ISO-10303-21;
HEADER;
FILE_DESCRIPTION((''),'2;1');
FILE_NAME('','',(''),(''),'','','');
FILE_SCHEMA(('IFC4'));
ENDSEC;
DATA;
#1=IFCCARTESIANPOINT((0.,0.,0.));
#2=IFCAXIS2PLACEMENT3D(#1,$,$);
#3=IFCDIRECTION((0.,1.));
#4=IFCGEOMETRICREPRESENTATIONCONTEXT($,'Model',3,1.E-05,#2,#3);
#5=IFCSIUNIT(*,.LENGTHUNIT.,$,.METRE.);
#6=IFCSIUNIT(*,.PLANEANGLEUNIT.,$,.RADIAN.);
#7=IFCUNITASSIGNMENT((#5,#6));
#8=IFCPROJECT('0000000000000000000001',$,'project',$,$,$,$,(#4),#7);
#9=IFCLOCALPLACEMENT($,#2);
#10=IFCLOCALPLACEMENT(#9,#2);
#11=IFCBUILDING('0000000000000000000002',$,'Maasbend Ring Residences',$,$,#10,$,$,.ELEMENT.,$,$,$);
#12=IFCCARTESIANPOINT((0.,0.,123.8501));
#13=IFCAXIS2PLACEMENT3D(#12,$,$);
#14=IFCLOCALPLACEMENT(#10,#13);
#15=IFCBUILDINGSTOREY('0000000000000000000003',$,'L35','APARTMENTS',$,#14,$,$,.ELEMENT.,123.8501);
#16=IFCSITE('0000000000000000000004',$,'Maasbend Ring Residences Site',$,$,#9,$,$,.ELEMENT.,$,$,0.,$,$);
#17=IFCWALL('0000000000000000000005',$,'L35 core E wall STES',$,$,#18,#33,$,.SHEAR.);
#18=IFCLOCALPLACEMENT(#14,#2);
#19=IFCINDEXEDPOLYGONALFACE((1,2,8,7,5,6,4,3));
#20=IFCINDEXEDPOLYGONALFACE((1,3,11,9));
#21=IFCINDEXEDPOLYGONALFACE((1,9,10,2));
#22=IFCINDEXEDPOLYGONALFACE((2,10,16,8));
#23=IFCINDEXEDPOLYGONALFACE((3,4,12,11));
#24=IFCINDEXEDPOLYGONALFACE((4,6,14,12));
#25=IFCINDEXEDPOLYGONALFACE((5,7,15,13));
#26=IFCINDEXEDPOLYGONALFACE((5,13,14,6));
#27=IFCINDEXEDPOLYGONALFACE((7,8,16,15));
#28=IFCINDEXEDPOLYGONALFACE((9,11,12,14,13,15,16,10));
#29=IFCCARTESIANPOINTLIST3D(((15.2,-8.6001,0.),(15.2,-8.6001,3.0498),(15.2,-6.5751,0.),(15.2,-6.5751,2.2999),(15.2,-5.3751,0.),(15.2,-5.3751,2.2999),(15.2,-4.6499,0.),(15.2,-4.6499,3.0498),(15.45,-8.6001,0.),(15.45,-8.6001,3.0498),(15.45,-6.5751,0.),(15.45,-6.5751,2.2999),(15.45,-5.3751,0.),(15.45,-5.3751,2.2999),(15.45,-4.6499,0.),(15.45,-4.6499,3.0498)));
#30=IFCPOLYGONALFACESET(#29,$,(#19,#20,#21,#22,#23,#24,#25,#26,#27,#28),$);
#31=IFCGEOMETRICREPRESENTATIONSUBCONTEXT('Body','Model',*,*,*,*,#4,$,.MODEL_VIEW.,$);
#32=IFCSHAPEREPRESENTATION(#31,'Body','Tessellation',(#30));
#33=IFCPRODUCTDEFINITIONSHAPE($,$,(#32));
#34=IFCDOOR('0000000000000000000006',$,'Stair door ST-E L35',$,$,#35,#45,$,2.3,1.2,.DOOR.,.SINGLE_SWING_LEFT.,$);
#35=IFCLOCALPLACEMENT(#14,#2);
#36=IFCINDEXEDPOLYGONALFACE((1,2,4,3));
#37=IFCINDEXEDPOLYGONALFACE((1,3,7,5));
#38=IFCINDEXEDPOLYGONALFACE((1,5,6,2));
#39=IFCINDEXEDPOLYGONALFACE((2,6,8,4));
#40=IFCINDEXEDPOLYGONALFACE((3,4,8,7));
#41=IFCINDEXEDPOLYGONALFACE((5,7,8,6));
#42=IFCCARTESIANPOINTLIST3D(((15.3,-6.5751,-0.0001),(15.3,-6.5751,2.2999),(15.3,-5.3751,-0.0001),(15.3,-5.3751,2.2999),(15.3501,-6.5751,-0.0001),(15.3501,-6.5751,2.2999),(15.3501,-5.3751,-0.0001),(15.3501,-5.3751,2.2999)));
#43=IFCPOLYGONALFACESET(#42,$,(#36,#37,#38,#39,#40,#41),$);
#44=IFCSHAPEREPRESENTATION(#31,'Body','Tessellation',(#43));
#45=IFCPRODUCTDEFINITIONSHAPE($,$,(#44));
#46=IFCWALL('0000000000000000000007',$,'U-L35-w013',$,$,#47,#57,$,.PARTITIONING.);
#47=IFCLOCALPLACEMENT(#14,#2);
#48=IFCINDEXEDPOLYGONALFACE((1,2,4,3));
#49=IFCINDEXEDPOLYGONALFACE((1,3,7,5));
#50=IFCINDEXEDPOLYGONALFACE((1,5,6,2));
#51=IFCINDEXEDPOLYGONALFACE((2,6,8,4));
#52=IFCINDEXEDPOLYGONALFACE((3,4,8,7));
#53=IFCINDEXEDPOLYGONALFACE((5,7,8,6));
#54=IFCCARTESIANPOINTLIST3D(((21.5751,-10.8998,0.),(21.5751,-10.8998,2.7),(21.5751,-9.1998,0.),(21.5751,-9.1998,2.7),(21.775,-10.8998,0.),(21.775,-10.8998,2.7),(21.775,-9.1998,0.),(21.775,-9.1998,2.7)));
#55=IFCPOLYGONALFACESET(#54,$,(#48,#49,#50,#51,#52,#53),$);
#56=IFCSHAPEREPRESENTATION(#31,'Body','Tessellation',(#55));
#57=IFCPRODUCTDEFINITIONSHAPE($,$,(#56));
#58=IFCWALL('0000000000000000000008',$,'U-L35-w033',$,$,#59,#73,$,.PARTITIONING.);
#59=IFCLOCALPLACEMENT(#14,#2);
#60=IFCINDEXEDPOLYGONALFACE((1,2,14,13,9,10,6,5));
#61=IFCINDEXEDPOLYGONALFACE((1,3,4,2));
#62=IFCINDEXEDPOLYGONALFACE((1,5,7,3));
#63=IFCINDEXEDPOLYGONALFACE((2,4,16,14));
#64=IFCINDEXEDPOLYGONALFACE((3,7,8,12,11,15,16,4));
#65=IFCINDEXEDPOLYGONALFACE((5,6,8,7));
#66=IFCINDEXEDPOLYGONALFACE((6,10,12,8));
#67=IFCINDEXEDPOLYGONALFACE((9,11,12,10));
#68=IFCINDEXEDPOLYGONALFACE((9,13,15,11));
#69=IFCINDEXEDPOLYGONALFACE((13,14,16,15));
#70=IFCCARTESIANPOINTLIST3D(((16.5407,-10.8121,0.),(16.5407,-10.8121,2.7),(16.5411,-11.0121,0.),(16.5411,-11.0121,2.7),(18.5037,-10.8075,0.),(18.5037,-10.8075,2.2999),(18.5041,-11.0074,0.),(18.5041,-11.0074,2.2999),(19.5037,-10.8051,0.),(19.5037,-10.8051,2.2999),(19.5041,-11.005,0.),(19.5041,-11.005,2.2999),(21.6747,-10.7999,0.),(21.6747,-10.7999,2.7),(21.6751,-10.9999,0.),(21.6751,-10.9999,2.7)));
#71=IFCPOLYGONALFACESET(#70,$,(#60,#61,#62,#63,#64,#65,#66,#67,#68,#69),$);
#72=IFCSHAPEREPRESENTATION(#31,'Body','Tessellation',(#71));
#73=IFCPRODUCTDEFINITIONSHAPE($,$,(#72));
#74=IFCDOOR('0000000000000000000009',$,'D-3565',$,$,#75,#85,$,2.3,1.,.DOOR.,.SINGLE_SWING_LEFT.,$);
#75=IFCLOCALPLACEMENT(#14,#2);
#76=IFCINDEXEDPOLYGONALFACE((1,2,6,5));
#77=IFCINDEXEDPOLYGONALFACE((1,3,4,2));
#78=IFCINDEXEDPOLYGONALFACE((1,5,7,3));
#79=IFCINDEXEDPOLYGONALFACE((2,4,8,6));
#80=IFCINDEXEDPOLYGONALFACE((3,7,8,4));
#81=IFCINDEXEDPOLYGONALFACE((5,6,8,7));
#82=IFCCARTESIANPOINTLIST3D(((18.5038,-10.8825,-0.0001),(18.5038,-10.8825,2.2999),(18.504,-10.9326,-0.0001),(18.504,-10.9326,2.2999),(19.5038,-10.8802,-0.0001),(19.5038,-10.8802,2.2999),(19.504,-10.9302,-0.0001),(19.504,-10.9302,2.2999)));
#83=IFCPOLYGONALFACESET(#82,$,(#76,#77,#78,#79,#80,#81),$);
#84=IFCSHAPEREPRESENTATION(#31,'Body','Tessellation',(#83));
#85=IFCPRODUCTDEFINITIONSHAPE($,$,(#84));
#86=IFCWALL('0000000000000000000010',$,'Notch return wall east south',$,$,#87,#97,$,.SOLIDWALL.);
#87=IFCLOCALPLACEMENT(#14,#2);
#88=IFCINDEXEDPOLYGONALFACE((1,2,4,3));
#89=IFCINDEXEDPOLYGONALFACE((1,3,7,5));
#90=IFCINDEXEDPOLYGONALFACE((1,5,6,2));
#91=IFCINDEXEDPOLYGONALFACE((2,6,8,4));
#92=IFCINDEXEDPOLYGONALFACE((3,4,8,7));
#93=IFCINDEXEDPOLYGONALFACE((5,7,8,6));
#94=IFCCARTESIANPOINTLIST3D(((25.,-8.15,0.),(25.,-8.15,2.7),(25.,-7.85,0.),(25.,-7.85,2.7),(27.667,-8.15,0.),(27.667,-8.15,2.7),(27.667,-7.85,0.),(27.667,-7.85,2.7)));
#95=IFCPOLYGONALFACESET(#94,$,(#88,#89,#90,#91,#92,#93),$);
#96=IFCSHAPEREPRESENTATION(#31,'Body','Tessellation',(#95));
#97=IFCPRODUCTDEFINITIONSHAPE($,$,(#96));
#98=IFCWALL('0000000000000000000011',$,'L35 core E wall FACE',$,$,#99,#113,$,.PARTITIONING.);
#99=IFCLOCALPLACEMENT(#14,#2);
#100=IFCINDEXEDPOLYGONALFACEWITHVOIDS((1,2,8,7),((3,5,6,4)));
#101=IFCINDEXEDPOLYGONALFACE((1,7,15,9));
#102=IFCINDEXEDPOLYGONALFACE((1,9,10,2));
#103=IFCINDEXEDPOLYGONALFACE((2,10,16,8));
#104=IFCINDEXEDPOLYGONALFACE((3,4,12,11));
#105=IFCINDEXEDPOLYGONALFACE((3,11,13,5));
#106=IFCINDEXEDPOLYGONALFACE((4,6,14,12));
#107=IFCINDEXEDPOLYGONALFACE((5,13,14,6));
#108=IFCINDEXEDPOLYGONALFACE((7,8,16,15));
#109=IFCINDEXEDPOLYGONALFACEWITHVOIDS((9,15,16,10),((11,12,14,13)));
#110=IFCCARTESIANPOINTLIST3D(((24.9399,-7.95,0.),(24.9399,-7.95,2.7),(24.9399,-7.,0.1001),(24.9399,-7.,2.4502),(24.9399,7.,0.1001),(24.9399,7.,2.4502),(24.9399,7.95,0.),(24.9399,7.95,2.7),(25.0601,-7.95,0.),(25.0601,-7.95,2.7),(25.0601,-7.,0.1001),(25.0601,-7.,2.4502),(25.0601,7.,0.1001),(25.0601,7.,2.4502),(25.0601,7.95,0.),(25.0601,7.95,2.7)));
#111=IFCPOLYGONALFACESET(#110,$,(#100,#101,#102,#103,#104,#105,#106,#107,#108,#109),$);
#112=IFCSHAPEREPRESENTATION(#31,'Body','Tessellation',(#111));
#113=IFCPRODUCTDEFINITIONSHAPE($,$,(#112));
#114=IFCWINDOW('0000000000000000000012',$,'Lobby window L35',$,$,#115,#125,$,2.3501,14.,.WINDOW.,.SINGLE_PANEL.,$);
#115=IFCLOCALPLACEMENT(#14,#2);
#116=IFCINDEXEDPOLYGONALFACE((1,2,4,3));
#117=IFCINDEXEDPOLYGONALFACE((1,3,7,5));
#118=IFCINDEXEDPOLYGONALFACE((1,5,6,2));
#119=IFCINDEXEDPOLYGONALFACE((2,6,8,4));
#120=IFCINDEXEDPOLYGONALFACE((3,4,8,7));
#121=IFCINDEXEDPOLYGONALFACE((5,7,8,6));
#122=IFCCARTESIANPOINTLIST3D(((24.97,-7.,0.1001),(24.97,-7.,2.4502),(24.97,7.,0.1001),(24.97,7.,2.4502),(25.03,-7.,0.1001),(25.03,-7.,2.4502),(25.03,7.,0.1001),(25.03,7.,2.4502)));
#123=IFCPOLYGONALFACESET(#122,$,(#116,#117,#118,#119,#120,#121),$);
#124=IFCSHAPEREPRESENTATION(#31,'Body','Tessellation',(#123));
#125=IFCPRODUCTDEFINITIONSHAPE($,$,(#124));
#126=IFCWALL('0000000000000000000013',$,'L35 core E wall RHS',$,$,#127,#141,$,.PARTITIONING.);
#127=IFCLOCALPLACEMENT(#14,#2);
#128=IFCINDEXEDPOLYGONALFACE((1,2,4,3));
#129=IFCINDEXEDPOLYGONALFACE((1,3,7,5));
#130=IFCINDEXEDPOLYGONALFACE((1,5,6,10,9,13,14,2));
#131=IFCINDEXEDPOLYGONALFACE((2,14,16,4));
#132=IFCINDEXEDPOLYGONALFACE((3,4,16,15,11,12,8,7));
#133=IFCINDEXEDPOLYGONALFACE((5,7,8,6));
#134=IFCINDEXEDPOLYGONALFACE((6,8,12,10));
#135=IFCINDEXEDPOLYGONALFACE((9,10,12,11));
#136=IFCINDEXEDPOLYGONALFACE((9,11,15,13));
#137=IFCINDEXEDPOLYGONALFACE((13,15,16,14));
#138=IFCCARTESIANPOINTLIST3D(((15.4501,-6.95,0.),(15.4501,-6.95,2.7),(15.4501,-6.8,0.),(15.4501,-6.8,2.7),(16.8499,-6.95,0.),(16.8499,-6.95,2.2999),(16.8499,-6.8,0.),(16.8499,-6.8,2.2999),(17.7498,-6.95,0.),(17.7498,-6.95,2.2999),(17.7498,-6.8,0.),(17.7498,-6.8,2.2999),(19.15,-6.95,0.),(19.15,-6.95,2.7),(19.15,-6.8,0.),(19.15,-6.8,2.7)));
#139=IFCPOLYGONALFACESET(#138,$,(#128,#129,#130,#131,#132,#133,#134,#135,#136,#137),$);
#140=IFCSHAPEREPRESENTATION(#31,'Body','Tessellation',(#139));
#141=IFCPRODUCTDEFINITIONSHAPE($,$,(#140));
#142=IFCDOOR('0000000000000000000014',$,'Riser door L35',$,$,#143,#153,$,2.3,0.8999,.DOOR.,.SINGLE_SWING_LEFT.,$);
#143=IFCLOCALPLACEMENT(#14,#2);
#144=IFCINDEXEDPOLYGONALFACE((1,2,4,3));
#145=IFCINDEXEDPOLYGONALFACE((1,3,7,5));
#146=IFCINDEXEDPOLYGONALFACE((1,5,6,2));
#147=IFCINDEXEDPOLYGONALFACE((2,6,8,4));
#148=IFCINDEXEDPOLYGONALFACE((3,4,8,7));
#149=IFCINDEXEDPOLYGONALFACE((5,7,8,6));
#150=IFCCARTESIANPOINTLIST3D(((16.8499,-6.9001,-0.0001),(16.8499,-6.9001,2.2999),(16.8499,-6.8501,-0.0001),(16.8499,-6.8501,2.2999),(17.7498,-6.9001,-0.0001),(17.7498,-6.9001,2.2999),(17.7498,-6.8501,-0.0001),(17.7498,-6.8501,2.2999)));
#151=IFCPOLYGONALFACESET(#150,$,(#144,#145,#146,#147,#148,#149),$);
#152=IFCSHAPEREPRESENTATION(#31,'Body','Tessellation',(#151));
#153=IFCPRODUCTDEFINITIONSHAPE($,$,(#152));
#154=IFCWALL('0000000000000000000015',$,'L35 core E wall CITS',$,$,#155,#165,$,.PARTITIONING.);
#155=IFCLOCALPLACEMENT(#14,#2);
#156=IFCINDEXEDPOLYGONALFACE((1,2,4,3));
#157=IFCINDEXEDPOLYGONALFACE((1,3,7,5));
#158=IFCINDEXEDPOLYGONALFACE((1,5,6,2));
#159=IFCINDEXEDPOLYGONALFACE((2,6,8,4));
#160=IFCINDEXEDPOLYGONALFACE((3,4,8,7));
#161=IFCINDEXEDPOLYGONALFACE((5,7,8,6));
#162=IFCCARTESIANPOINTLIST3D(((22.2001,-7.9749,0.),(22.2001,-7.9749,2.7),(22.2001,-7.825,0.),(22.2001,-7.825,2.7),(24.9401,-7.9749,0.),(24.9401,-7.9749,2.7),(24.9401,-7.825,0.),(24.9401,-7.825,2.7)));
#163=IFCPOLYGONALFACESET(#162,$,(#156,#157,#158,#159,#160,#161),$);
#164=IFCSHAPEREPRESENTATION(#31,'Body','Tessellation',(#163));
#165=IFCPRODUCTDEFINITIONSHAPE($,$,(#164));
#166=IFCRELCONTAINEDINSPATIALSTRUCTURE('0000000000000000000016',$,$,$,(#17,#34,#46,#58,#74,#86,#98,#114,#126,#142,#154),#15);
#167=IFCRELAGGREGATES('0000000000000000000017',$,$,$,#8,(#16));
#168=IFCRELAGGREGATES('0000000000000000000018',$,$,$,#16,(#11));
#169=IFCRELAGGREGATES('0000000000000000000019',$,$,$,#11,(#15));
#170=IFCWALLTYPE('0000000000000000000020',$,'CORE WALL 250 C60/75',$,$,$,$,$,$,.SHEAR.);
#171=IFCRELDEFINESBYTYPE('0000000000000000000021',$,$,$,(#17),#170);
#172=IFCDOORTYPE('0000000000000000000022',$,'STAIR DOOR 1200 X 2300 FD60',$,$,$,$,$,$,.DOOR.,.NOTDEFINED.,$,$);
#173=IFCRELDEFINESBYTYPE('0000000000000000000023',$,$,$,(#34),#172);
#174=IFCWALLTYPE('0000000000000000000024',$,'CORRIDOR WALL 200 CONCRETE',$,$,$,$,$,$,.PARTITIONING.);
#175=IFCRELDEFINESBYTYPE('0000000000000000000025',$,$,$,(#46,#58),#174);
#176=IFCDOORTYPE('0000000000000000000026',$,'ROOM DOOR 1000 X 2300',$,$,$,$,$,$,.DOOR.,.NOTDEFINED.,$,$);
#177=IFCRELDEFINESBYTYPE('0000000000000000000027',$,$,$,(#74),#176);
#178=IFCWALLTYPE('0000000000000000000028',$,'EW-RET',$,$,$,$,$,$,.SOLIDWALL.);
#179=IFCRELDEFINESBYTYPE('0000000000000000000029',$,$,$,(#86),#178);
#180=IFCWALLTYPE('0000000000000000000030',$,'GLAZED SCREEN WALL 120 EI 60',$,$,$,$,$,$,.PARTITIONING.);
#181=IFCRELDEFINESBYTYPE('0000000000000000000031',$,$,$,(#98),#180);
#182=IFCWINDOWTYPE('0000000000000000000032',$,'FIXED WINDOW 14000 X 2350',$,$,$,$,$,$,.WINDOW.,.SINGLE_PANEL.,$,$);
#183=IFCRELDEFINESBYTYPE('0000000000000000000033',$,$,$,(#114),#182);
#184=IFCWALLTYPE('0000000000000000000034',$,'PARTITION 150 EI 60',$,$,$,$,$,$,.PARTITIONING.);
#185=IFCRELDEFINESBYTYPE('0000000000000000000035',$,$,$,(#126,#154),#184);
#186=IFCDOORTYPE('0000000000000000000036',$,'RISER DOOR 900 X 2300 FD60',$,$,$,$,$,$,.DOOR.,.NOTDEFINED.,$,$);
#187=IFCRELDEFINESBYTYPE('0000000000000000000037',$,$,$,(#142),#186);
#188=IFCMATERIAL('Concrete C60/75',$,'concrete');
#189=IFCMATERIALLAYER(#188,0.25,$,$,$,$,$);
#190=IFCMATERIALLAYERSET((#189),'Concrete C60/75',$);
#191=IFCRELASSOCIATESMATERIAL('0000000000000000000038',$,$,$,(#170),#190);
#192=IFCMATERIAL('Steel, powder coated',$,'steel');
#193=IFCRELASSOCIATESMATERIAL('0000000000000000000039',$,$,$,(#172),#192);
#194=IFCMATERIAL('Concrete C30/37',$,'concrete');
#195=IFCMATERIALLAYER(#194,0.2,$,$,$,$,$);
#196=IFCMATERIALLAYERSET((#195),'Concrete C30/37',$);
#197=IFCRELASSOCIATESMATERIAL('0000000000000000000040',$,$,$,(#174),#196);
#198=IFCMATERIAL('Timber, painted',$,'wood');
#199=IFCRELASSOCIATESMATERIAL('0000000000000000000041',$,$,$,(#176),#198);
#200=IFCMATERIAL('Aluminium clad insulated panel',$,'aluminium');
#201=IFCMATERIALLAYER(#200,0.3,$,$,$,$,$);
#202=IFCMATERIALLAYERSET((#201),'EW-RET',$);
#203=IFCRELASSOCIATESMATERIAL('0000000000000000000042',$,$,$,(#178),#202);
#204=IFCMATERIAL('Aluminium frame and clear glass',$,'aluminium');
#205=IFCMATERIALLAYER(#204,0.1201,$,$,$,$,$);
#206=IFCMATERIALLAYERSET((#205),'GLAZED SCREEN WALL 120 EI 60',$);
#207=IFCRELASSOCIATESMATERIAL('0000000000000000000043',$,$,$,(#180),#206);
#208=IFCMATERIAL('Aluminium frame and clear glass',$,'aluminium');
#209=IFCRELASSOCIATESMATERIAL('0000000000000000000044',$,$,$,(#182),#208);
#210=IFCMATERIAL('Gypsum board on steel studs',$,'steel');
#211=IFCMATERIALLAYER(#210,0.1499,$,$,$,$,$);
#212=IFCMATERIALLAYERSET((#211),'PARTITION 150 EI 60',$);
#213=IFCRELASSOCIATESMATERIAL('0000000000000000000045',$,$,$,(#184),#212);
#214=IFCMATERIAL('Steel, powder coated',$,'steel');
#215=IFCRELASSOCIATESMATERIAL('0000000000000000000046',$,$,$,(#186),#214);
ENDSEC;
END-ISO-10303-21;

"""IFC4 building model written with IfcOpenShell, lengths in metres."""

from ifc_helpers import new_model, si_unit, direction, frame, frame_2d, origin, place, context, subcontext, project, spatial, rectangle, extrude, material, layer, layer_set, type_object, element, fill, save


model = new_model("IFC4")

# Units and contexts
model_context = context("Model", 3, precision=1e-05, world=origin(), true_north=direction((0.0, 1.0)))
body_context = subcontext(model_context, "Body", "Model", "MODEL_VIEW")
ifc_project = project(units=[si_unit("LENGTHUNIT", "METRE"), si_unit("PLANEANGLEUNIT", "RADIAN")], contexts=[model_context])

# Site, building, storey
site_placement = place(None, origin())
site = spatial("IfcSite", under=ifc_project, at=site_placement, Name="Maasbend Ring Residences Site", CompositionType="ELEMENT", RefElevation=0.0)
building_placement = place(site_placement, origin())
building = spatial("IfcBuilding", under=site, at=building_placement, Name="Maasbend Ring Residences", CompositionType="ELEMENT")
storey_placement = place(building_placement, frame((0.0, 0.0, 123.8501)))
storey = spatial("IfcBuildingStorey", under=building, at=storey_placement, Name="L35", Description="APARTMENTS", CompositionType="ELEMENT", Elevation=123.8501)

# Shared definitions
ifc_material_1 = material(Name="Concrete C60/75", Category="concrete")
ifc_layer_1 = layer(ifc_material_1, 0.25)
ifc_layer_set_1 = layer_set([ifc_layer_1], Name="Concrete C60/75")
wall_type_1 = type_object("IfcWallType", Name="CORE WALL 250 C60/75", PredefinedType="SHEAR", material=ifc_layer_set_1)

# Wall, opening, door
wall_1_placement = place(storey_placement, frame((15.325, -8.6001, 0.0), z_axis=(0.0, 0.0, 1.0), x_axis=(0.0, 1.0, 0.0)))
wall_1 = element("IfcWall", 1, at=wall_1_placement, inside=storey, type_object=wall_type_1, Name="L35 core E wall STES", PredefinedType="SHEAR", context=body_context, shape_type="SweptSolid", body=[
    extrude(rectangle(XDim=3.9502, YDim=0.25, at=frame_2d((1.9751, 0.0))), origin(), (0.0, 0.0, 1.0), 3.0498),
])
opening_1_placement = place(wall_1_placement, frame((2.0249, 0.0, 0.0)))
opening_1 = element("IfcOpeningElement", 2, at=opening_1_placement, cuts=wall_1, PredefinedType="OPENING", context=body_context, shape_type="SweptSolid", body=[
    extrude(rectangle(XDim=1.2, YDim=2.3, at=frame_2d((0.6001, 1.1499))), frame((0.0, 0.135, 0.0), z_axis=(0.0, -1.0, 0.0), x_axis=(1.0, 0.0, 0.0)), (0.0, 0.0, 1.0), 0.27),
])
ifc_material_2 = material(Name="Steel, powder coated", Category="steel")
door_type_1 = type_object("IfcDoorType", Name="STAIR DOOR 1200 X 2300 FD60", OperationType="NOTDEFINED", PredefinedType="DOOR", material=ifc_material_2)
door_1_placement = place(opening_1_placement, origin())
door_1 = element("IfcDoor", 3, at=door_1_placement, inside=storey, type_object=door_type_1, Name="Stair door ST-E L35", OperationType="SINGLE_SWING_LEFT", OverallHeight=2.3, OverallWidth=1.2, PredefinedType="DOOR", context=body_context, shape_type="SweptSolid", body=[
    extrude(rectangle(XDim=1.2, YDim=2.3, at=frame_2d((0.6001, 1.1499))), frame((0.0, 0.0249, 0.0), z_axis=(0.0, -1.0, 0.0), x_axis=(1.0, 0.0, 0.0)), (0.0, 0.0, 1.0), 0.05),
])
fill(opening_1, door_1)

# Wall
ifc_material_3 = material(Name="Concrete C30/37", Category="concrete")
ifc_layer_2 = layer(ifc_material_3, 0.2)
ifc_layer_set_2 = layer_set([ifc_layer_2], Name="Concrete C30/37")
wall_type_2 = type_object("IfcWallType", Name="CORRIDOR WALL 200 CONCRETE", PredefinedType="PARTITIONING", material=ifc_layer_set_2)
wall_2_placement = place(storey_placement, frame((21.675, -10.8999, 0.0), z_axis=(0.0, 0.0, 1.0), x_axis=(0.0, 1.0, 0.0)))
element("IfcWall", 4, at=wall_2_placement, inside=storey, type_object=wall_type_2, Name="U-L35-w013", PredefinedType="PARTITIONING", context=body_context, shape_type="SweptSolid", body=[
    extrude(rectangle(XDim=1.7, YDim=0.2, at=frame_2d((0.8501, 0.0))), origin(), (0.0, 0.0, 1.0), 2.7),
])

# Wall, opening, door
wall_3_placement = place(storey_placement, frame((16.541, -10.9121, 0.0), z_axis=(0.0, 0.0, 1.0), x_axis=(0.999997, 0.002378, 0.0)))
wall_3 = element("IfcWall", 5, at=wall_3_placement, inside=storey, type_object=wall_type_2, Name="U-L35-w033", PredefinedType="PARTITIONING", context=body_context, shape_type="SweptSolid", body=[
    extrude(rectangle(XDim=5.134, YDim=0.2, at=frame_2d((2.5669, 0.0))), origin(), (0.0, 0.0, 1.0), 2.7),
])
opening_2_placement = place(wall_3_placement, frame((1.9629, 0.0, 0.0)))
opening_2 = element("IfcOpeningElement", 6, at=opening_2_placement, cuts=wall_3, PredefinedType="OPENING", context=body_context, shape_type="SweptSolid", body=[
    extrude(rectangle(XDim=1.0, YDim=2.3, at=frame_2d((0.5, 1.1499))), frame((0.0, 0.1099, 0.0), z_axis=(0.0, -1.0, 0.0), x_axis=(1.0, 0.0, 0.0)), (0.0, 0.0, 1.0), 0.22),
])
ifc_material_4 = material(Name="Timber, painted", Category="wood")
door_type_2 = type_object("IfcDoorType", Name="ROOM DOOR 1000 X 2300", OperationType="NOTDEFINED", PredefinedType="DOOR", material=ifc_material_4)
door_2_placement = place(opening_2_placement, origin())
door_2 = element("IfcDoor", 7, at=door_2_placement, inside=storey, type_object=door_type_2, Name="D-3565", OperationType="SINGLE_SWING_LEFT", OverallHeight=2.3, OverallWidth=1.0, PredefinedType="DOOR", context=body_context, shape_type="SweptSolid", body=[
    extrude(rectangle(XDim=1.0, YDim=2.3, at=frame_2d((0.5, 1.1499))), frame((0.0, 0.0249, 0.0), z_axis=(0.0, -1.0, 0.0), x_axis=(1.0, 0.0, 0.0)), (0.0, 0.0, 1.0), 0.05),
])
fill(opening_2, door_2)

# Wall
ifc_material_5 = material(Name="Aluminium clad insulated panel", Category="aluminium")
ifc_layer_3 = layer(ifc_material_5, 0.3)
ifc_layer_set_3 = layer_set([ifc_layer_3], Name="EW-RET")
wall_type_3 = type_object("IfcWallType", Name="EW-RET", PredefinedType="SOLIDWALL", material=ifc_layer_set_3)
wall_4_placement = place(storey_placement, frame((25.0, -8.0, 0.0), z_axis=(0.0, 0.0, 1.0), x_axis=(1.0, 0.0, 0.0)))
element("IfcWall", 8, at=wall_4_placement, inside=storey, type_object=wall_type_3, Name="Notch return wall east south", PredefinedType="SOLIDWALL", context=body_context, shape_type="SweptSolid", body=[
    extrude(rectangle(XDim=2.667, YDim=0.3, at=frame_2d((1.3335, 0.0))), origin(), (0.0, 0.0, 1.0), 2.7),
])

# Wall, opening, window
ifc_material_6 = material(Name="Aluminium frame and clear glass", Category="aluminium")
ifc_layer_4 = layer(ifc_material_6, 0.1201)
ifc_layer_set_4 = layer_set([ifc_layer_4], Name="GLAZED SCREEN WALL 120 EI 60")
wall_type_4 = type_object("IfcWallType", Name="GLAZED SCREEN WALL 120 EI 60", PredefinedType="PARTITIONING", material=ifc_layer_set_4)
wall_5_placement = place(storey_placement, frame((25.0, -7.95, 0.0), z_axis=(0.0, 0.0, 1.0), x_axis=(0.0, 1.0, 0.0)))
wall_5 = element("IfcWall", 9, at=wall_5_placement, inside=storey, type_object=wall_type_4, Name="L35 core E wall FACE", PredefinedType="PARTITIONING", context=body_context, shape_type="SweptSolid", body=[
    extrude(rectangle(XDim=15.8999, YDim=0.1201, at=frame_2d((7.95, 0.0))), origin(), (0.0, 0.0, 1.0), 2.7),
])
opening_3_placement = place(wall_5_placement, frame((0.95, 0.0, 0.1001)))
opening_3 = element("IfcOpeningElement", 10, at=opening_3_placement, cuts=wall_5, PredefinedType="OPENING", context=body_context, shape_type="SweptSolid", body=[
    extrude(rectangle(XDim=14.0, YDim=2.3501, at=frame_2d((7.0, 1.175))), frame((0.0, 0.0701, 0.0), z_axis=(0.0, -1.0, 0.0), x_axis=(1.0, 0.0, 0.0)), (0.0, 0.0, 1.0), 0.1401),
])
ifc_material_7 = material(Name="Aluminium frame and clear glass", Category="aluminium")
window_type = type_object("IfcWindowType", Name="FIXED WINDOW 14000 X 2350", PartitioningType="SINGLE_PANEL", PredefinedType="WINDOW", material=ifc_material_7)
window_placement = place(opening_3_placement, origin())
window = element("IfcWindow", 11, at=window_placement, inside=storey, type_object=window_type, Name="Lobby window L35", OverallHeight=2.3501, OverallWidth=14.0, PartitioningType="SINGLE_PANEL", PredefinedType="WINDOW", context=body_context, shape_type="SweptSolid", body=[
    extrude(rectangle(XDim=14.0, YDim=2.3501, at=frame_2d((7.0, 1.175))), frame((0.0, 0.03, 0.0), z_axis=(0.0, -1.0, 0.0), x_axis=(1.0, 0.0, 0.0)), (0.0, 0.0, 1.0), 0.0601),
])
fill(opening_3, window)

# Wall, opening, door
ifc_material_8 = material(Name="Gypsum board on steel studs", Category="steel")
ifc_layer_5 = layer(ifc_material_8, 0.1499)
ifc_layer_set_5 = layer_set([ifc_layer_5], Name="PARTITION 150 EI 60")
wall_type_5 = type_object("IfcWallType", Name="PARTITION 150 EI 60", PredefinedType="PARTITIONING", material=ifc_layer_set_5)
wall_6_placement = place(storey_placement, frame((15.45, -6.875, 0.0), z_axis=(0.0, 0.0, 1.0), x_axis=(1.0, 0.0, 0.0)))
wall_6 = element("IfcWall", 12, at=wall_6_placement, inside=storey, type_object=wall_type_5, Name="L35 core E wall RHS", PredefinedType="PARTITIONING", context=body_context, shape_type="SweptSolid", body=[
    extrude(rectangle(XDim=3.7, YDim=0.1499, at=frame_2d((1.8501, 0.0))), origin(), (0.0, 0.0, 1.0), 2.7),
])
opening_4_placement = place(wall_6_placement, frame((1.3999, 0.0, 0.0)))
opening_4 = element("IfcOpeningElement", 13, at=opening_4_placement, cuts=wall_6, PredefinedType="OPENING", context=body_context, shape_type="SweptSolid", body=[
    extrude(rectangle(XDim=0.8999, YDim=2.3, at=frame_2d((0.45, 1.1499))), frame((0.0, 0.085, 0.0), z_axis=(0.0, -1.0, 0.0), x_axis=(1.0, 0.0, 0.0)), (0.0, 0.0, 1.0), 0.1699),
])
ifc_material_9 = material(Name="Steel, powder coated", Category="steel")
door_type_3 = type_object("IfcDoorType", Name="RISER DOOR 900 X 2300 FD60", OperationType="NOTDEFINED", PredefinedType="DOOR", material=ifc_material_9)
door_3_placement = place(opening_4_placement, origin())
door_3 = element("IfcDoor", 14, at=door_3_placement, inside=storey, type_object=door_type_3, Name="Riser door L35", OperationType="SINGLE_SWING_LEFT", OverallHeight=2.3, OverallWidth=0.8999, PredefinedType="DOOR", context=body_context, shape_type="SweptSolid", body=[
    extrude(rectangle(XDim=0.8999, YDim=2.3, at=frame_2d((0.45, 1.1499))), frame((0.0, 0.0249, 0.0), z_axis=(0.0, -1.0, 0.0), x_axis=(1.0, 0.0, 0.0)), (0.0, 0.0, 1.0), 0.05),
])
fill(opening_4, door_3)

# Wall
wall_7_placement = place(storey_placement, frame((22.2, -7.8999, 0.0), z_axis=(0.0, 0.0, 1.0), x_axis=(1.0, 0.0, 0.0)))
element("IfcWall", 15, at=wall_7_placement, inside=storey, type_object=wall_type_5, Name="L35 core E wall CITS", PredefinedType="PARTITIONING", context=body_context, shape_type="SweptSolid", body=[
    extrude(rectangle(XDim=2.74, YDim=0.1499, at=frame_2d((1.3701, 0.0))), origin(), (0.0, 0.0, 1.0), 2.7),
])

save(model, "model.ifc")
